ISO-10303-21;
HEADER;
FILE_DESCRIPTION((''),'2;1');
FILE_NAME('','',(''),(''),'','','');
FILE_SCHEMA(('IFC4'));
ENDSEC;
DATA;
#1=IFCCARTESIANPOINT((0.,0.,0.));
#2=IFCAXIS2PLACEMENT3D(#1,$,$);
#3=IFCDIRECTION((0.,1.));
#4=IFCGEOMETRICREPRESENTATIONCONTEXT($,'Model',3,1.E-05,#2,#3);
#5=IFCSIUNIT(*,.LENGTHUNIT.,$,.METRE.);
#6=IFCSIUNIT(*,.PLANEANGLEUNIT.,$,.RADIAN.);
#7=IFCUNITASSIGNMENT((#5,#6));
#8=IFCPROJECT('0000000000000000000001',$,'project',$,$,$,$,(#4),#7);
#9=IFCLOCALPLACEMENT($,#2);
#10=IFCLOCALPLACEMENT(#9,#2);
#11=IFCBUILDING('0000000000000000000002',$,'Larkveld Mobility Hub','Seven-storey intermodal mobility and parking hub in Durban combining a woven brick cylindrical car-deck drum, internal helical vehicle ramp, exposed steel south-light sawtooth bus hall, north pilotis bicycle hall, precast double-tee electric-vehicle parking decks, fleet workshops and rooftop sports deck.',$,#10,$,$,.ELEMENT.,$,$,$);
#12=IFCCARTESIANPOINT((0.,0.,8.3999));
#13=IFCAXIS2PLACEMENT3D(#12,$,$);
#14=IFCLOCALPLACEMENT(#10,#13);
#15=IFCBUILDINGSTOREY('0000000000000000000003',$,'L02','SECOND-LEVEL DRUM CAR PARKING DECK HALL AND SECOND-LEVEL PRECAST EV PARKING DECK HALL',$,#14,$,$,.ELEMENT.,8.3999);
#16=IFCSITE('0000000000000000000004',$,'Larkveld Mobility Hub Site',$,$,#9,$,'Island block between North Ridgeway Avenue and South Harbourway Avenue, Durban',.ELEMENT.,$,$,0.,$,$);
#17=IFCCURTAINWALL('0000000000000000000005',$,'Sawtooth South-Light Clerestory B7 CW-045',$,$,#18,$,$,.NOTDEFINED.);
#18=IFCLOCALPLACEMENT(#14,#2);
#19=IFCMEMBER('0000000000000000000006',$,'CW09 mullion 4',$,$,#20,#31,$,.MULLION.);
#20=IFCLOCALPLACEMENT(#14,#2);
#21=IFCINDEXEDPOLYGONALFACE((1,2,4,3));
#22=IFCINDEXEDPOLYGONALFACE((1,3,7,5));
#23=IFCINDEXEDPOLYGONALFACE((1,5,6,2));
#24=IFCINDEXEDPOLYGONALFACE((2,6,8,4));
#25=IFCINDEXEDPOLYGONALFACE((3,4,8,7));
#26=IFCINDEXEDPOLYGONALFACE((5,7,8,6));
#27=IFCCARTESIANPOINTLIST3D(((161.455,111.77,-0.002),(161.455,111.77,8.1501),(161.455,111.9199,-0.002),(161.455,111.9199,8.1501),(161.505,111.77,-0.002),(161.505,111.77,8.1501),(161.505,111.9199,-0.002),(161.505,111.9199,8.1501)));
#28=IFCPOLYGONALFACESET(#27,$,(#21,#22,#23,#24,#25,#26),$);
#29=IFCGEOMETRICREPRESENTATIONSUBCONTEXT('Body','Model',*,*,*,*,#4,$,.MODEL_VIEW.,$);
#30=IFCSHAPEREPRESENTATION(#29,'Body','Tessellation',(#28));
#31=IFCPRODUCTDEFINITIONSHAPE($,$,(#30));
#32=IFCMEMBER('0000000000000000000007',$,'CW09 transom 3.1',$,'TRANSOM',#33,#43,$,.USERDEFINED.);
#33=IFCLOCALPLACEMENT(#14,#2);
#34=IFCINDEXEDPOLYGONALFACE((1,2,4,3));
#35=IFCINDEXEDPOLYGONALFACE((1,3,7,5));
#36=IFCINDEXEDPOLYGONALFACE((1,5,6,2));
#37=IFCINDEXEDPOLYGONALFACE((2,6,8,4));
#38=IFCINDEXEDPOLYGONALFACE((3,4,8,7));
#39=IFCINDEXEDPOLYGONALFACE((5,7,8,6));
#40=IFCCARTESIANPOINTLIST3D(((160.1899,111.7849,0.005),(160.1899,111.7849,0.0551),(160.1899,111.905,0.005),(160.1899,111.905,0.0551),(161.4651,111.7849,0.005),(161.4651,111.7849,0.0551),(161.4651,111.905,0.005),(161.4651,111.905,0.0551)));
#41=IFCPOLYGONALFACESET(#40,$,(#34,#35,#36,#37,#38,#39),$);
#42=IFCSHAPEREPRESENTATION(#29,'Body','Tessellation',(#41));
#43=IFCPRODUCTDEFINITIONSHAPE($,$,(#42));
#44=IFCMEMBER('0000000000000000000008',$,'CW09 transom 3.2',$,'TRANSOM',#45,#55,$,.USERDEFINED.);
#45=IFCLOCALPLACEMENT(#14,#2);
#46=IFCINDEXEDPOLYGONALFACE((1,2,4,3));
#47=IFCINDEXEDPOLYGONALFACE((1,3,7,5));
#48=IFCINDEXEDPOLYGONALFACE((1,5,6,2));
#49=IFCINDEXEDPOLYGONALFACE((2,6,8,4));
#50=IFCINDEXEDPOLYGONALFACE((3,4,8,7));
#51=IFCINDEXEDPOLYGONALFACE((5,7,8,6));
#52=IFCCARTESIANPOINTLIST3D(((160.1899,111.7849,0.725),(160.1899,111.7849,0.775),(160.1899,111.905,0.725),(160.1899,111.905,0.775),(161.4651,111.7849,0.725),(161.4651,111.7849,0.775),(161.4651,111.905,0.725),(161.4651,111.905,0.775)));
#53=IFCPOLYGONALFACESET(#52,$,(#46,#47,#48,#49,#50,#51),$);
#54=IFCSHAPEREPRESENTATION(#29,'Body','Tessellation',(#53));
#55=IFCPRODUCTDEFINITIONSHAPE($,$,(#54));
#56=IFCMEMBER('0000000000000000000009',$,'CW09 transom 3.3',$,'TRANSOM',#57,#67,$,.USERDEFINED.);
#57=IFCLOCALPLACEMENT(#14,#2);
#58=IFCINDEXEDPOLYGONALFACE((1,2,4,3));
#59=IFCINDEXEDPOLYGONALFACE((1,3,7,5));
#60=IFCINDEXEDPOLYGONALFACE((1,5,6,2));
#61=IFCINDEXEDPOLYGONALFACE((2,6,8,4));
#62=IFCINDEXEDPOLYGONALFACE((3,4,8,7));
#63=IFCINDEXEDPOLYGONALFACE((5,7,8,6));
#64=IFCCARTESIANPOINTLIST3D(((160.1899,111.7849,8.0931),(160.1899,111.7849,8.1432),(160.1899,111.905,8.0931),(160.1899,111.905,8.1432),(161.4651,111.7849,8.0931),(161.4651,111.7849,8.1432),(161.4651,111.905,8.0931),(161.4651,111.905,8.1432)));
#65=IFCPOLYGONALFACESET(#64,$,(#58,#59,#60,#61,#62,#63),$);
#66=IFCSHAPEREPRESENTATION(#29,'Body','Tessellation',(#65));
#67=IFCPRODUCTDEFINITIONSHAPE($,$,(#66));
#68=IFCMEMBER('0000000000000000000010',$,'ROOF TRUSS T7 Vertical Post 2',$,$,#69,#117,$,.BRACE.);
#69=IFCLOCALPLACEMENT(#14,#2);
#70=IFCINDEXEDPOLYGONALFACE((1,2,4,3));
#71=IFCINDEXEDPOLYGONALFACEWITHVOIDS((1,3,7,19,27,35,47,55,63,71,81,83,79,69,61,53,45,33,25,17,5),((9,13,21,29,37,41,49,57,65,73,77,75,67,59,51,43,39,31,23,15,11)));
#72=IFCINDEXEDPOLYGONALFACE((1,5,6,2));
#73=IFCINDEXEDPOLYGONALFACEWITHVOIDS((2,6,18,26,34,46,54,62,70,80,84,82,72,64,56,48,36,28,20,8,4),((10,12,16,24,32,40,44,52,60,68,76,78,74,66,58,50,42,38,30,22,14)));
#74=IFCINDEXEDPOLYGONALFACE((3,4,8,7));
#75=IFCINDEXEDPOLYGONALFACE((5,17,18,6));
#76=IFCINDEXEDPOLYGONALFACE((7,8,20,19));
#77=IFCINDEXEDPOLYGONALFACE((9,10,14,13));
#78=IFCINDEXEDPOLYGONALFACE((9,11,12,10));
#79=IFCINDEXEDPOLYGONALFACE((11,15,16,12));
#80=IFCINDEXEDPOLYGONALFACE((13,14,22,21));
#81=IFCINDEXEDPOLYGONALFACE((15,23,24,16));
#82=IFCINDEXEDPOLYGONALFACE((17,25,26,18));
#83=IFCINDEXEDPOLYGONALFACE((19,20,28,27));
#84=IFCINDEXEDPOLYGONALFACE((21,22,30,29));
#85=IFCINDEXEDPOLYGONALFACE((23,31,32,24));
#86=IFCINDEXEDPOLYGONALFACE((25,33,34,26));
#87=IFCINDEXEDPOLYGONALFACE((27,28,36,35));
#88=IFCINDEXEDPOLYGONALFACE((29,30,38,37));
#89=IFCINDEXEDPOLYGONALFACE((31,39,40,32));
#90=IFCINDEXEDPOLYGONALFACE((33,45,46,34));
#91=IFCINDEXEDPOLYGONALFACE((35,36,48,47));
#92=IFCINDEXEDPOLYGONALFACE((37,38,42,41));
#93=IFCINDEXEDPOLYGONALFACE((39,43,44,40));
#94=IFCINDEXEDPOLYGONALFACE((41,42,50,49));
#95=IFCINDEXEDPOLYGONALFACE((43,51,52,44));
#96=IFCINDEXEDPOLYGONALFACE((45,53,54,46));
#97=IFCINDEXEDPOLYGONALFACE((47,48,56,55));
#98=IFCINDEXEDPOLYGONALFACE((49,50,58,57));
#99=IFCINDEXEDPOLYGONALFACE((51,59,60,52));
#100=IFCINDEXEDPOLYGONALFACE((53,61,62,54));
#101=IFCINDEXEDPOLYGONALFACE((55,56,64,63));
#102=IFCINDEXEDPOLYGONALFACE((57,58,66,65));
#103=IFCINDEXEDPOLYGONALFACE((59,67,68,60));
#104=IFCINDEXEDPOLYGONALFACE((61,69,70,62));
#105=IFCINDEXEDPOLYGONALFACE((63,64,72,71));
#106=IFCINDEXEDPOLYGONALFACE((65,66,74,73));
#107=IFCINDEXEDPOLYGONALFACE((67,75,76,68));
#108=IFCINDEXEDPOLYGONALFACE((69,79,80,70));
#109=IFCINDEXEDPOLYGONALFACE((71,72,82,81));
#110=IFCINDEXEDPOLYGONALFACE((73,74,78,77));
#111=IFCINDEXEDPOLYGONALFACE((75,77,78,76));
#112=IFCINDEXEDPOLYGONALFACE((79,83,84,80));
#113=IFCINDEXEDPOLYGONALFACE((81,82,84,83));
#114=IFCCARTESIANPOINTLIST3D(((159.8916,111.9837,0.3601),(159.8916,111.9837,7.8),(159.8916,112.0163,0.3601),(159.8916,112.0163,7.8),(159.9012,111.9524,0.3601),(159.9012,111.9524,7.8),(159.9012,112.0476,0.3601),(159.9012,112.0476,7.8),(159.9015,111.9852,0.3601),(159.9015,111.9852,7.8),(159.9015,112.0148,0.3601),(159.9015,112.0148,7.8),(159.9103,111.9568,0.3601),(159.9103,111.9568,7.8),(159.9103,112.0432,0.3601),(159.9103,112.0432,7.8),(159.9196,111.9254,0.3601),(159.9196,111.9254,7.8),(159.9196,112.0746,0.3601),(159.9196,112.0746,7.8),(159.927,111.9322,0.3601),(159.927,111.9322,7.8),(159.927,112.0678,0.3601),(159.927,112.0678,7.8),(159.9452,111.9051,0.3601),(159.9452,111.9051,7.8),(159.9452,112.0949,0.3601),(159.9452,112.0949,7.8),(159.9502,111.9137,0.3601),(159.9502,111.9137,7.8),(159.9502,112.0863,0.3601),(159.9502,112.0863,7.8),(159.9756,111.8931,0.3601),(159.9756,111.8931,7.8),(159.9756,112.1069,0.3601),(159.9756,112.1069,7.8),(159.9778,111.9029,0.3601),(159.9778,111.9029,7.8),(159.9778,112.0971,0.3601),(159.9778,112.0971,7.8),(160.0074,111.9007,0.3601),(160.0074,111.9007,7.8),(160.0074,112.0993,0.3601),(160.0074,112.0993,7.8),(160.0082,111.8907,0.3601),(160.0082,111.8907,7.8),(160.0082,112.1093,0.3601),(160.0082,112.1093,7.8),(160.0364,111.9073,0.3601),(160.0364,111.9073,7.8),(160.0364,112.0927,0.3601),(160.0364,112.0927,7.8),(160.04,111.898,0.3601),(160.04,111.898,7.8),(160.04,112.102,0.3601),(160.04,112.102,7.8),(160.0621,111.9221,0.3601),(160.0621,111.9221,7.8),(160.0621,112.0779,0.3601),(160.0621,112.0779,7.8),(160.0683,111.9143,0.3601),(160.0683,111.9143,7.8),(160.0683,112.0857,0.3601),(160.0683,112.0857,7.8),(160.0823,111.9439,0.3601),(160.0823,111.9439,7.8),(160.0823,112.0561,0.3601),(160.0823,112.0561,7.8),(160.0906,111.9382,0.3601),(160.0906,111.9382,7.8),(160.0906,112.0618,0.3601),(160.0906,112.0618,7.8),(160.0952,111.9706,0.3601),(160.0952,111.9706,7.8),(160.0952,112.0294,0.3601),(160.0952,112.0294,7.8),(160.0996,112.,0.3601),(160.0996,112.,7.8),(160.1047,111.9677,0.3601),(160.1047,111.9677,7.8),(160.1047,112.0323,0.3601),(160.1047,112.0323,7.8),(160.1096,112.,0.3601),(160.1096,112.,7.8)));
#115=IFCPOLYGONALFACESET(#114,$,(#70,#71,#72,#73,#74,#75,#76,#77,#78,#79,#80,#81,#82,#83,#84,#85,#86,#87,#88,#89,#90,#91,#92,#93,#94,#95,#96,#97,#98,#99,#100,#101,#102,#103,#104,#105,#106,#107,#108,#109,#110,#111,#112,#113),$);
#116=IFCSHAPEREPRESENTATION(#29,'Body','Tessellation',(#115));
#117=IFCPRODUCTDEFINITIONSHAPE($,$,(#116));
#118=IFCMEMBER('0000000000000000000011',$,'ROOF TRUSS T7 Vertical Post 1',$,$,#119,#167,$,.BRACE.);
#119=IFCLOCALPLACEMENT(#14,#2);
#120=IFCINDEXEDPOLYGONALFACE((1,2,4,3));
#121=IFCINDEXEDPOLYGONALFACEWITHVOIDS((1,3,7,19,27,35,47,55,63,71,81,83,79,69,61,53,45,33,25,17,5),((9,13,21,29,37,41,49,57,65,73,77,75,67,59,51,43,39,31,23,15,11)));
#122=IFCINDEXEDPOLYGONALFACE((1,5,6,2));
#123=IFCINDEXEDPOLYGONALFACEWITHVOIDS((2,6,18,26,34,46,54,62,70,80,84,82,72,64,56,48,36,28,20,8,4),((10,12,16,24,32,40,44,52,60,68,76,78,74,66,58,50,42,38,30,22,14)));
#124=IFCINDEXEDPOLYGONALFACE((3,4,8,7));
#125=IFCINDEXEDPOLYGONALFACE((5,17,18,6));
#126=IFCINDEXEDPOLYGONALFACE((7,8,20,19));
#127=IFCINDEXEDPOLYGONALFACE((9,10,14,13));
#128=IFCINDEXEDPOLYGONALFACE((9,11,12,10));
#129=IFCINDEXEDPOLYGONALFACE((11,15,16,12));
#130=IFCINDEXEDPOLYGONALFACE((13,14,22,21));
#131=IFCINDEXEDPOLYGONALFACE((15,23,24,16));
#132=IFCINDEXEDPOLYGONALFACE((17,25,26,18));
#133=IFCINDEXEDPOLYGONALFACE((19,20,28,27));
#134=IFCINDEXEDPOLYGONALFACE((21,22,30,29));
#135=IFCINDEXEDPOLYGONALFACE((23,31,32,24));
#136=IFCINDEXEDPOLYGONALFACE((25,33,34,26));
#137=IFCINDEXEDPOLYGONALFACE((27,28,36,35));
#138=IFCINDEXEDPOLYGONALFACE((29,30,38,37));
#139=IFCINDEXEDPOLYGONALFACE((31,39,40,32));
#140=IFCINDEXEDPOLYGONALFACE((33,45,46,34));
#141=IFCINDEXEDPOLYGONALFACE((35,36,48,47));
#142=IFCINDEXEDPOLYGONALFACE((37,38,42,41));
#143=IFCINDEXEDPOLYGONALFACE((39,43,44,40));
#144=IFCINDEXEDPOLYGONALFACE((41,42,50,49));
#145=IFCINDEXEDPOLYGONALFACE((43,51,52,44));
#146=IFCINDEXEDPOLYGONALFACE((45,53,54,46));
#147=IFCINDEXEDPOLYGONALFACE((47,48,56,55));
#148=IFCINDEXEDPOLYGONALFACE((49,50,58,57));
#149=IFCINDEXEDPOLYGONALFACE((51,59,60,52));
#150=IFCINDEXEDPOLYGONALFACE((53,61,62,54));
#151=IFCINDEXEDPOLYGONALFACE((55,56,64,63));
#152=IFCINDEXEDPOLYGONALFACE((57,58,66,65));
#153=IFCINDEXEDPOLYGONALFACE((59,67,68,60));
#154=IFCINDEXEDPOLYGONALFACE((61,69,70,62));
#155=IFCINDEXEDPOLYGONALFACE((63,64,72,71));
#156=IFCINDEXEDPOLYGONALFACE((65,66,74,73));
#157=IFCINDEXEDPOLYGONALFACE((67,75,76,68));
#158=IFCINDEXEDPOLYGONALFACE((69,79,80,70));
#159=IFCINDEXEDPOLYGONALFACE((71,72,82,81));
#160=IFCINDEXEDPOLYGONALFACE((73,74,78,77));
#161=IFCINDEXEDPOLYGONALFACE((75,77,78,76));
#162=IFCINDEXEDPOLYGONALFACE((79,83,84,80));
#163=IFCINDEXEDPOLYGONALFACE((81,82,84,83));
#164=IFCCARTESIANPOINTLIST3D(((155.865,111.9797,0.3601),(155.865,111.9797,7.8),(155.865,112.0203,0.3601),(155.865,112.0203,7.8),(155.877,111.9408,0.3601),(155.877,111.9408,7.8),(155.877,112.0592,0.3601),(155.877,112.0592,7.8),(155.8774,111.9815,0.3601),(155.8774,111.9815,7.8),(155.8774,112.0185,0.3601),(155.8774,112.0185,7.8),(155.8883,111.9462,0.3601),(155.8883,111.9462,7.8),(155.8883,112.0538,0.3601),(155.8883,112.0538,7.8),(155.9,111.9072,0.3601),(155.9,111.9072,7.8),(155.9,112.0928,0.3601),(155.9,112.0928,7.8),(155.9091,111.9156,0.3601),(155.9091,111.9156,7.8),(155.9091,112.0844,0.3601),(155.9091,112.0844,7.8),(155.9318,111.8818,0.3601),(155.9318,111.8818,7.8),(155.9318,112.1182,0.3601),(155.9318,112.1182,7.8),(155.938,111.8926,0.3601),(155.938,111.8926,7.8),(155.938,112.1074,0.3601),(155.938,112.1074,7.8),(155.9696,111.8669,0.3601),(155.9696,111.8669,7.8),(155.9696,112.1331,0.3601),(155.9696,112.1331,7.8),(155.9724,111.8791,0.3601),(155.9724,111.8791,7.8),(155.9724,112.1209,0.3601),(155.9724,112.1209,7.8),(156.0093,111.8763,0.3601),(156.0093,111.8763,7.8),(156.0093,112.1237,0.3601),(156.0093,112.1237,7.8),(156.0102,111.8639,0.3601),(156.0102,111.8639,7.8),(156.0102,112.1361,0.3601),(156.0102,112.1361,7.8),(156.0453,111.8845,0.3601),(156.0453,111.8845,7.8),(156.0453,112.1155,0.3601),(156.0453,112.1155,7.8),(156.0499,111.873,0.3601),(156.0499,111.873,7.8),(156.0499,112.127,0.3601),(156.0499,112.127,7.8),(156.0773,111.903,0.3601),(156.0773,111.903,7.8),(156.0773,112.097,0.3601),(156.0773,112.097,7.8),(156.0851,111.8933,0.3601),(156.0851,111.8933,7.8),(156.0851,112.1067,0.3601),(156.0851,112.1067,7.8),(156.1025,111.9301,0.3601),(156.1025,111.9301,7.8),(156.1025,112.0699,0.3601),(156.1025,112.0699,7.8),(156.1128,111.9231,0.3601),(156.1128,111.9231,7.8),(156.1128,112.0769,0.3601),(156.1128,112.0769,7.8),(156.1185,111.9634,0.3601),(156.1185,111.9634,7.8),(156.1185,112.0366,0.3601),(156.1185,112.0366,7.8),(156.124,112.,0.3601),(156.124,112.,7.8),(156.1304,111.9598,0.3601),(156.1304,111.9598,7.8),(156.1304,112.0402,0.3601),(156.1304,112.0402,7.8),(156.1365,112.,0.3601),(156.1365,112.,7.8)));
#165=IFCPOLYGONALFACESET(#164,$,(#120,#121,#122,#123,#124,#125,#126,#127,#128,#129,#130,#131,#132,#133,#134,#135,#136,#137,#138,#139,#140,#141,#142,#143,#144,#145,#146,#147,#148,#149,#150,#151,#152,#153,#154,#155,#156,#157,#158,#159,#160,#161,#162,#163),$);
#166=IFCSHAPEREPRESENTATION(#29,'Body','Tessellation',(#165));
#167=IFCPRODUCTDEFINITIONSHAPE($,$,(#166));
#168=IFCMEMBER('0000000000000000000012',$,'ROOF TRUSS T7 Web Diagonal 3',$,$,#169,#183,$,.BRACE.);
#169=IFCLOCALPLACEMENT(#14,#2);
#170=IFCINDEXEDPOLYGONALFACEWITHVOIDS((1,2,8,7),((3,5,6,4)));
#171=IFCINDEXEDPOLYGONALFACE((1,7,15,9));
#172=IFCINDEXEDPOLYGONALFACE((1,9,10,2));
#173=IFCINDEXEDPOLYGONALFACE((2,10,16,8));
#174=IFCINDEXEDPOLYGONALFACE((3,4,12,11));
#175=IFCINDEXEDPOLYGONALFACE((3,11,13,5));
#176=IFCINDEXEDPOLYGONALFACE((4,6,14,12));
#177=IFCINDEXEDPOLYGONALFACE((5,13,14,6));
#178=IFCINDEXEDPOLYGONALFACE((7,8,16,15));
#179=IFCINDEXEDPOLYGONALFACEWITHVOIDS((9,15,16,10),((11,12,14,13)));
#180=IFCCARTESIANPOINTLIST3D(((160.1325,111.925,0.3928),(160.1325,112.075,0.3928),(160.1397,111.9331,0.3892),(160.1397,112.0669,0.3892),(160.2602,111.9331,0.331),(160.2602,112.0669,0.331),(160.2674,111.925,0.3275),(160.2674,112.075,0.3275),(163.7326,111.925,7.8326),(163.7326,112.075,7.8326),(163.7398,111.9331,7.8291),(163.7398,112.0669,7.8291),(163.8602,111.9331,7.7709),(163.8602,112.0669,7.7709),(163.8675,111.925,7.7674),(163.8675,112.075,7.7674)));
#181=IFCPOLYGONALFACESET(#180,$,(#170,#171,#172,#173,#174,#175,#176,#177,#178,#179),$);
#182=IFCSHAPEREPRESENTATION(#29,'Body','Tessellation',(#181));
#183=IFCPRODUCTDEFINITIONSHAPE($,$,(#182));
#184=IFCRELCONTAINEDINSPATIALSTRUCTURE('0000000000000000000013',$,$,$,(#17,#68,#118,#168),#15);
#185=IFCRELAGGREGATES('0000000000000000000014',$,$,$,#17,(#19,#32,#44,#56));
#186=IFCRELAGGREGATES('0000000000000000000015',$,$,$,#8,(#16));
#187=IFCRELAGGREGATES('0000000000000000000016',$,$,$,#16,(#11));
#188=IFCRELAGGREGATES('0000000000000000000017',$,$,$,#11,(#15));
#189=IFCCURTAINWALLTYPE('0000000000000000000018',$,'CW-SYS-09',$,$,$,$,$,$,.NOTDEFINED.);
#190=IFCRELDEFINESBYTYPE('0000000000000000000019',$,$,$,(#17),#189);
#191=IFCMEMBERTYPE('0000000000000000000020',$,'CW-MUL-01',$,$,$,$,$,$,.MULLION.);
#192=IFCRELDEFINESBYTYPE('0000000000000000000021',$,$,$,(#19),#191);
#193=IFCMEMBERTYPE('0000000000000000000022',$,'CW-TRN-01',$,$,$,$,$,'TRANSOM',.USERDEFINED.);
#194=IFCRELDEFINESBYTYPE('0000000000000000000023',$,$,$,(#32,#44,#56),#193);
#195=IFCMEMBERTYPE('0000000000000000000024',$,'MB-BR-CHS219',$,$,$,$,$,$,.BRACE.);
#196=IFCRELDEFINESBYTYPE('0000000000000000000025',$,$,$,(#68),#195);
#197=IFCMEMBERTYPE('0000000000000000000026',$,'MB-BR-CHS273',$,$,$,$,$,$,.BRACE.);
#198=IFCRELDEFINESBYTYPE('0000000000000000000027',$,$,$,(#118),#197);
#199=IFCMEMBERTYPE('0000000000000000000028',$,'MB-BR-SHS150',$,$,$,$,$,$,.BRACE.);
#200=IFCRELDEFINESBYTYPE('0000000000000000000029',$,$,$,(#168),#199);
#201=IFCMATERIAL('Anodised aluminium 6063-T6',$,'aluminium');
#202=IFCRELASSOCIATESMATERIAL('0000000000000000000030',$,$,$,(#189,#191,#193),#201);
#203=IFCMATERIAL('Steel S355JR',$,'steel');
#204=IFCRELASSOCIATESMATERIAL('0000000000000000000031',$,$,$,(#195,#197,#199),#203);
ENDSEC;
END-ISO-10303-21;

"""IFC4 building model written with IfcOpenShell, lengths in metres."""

from ifc_helpers import new_model, si_unit, direction, frame, origin, origin_2d, place, context, subcontext, project, spatial, rectangle, hollow_rectangle, hollow_circle, extrude, material, material_profile, profile_set, type_object, element, aggregate, save


model = new_model("IFC4")

# Units and contexts
model_context = context("Model", 3, precision=1e-05, world=origin(), true_north=direction((0.0, 1.0)))
body_context = subcontext(model_context, "Body", "Model", "MODEL_VIEW")
ifc_project = project(units=[si_unit("LENGTHUNIT", "METRE"), si_unit("PLANEANGLEUNIT", "RADIAN")], contexts=[model_context])

# Site, building, storey
site_placement = place(None, origin())
site = spatial("IfcSite", under=ifc_project, at=site_placement, Name="Larkveld Mobility Hub Site", LongName="Island block between North Ridgeway Avenue and South Harbourway Avenue, Durban", CompositionType="ELEMENT", RefElevation=0.0)
building_placement = place(site_placement, origin())
building = spatial("IfcBuilding", under=site, at=building_placement, Name="Larkveld Mobility Hub", Description="Seven-storey intermodal mobility and parking hub in Durban combining a woven brick cylindrical car-deck drum, internal helical vehicle ramp, exposed steel south-light sawtooth bus hall, north pilotis bicycle hall, precast double-tee electric-vehicle parking decks, fleet workshops and rooftop sports deck.", CompositionType="ELEMENT")
storey_placement = place(building_placement, frame((0.0, 0.0, 8.3999)))
storey = spatial("IfcBuildingStorey", under=building, at=storey_placement, Name="L02", Description="SECOND-LEVEL DRUM CAR PARKING DECK HALL AND SECOND-LEVEL PRECAST EV PARKING DECK HALL", CompositionType="ELEMENT", Elevation=8.3999)

# Curtain wall, members
ifc_material_1 = material(Name="Anodised aluminium 6063-T6", Category="aluminium")
curtain_wall_type = type_object("IfcCurtainWallType", Name="CW-SYS-09", PredefinedType="NOTDEFINED", material=ifc_material_1)
curtain_wall_placement = place(storey_placement, origin())
curtain_wall = element("IfcCurtainWall", 1, at=curtain_wall_placement, inside=storey, type_object=curtain_wall_type, Name="Sawtooth South-Light Clerestory B7 CW-045", PredefinedType="NOTDEFINED")
ifc_material_profile_1 = material_profile(ifc_material_1, rectangle(XDim=0.05, YDim=0.1499, at=origin_2d()), Name="ALU MULL 50x150")
ifc_profile_set_1 = profile_set([ifc_material_profile_1], Name="Anodised aluminium 6063-T6")
member_type_1 = type_object("IfcMemberType", Name="CW-MUL-01", PredefinedType="MULLION", material=ifc_profile_set_1)
member_1_placement = place(storey_placement, frame((161.48, 111.845, -0.002), z_axis=(0.0, 0.0, 1.0), x_axis=(1.0, 0.0, 0.0)))
member_1 = element("IfcMember", 2, at=member_1_placement, type_object=member_type_1, Name="CW09 mullion 4", PredefinedType="MULLION", context=body_context, shape_type="SweptSolid", body=[
    extrude(rectangle(XDim=0.05, YDim=0.1499, at=origin_2d()), origin(), (0.0, 0.0, 1.0), 8.1521),
])
ifc_material_profile_2 = material_profile(ifc_material_1, rectangle(XDim=0.1201, YDim=0.05, at=origin_2d()), Name="ALU TRAN 50x120")
ifc_profile_set_2 = profile_set([ifc_material_profile_2], Name="Anodised aluminium 6063-T6")
member_type_2 = type_object("IfcMemberType", Name="CW-TRN-01", ElementType="TRANSOM", PredefinedType="USERDEFINED", material=ifc_profile_set_2)
member_2_placement = place(storey_placement, frame((160.1899, 111.845, 0.03), z_axis=(1.0, 0.0, 0.0), x_axis=(0.0, 1.0, 0.0)))
member_2 = element("IfcMember", 3, at=member_2_placement, type_object=member_type_2, Name="CW09 transom 3.1", ObjectType="TRANSOM", PredefinedType="USERDEFINED", context=body_context, shape_type="SweptSolid", body=[
    extrude(rectangle(XDim=0.1201, YDim=0.05, at=origin_2d()), origin(), (0.0, 0.0, 1.0), 1.2751),
])
member_3_placement = place(storey_placement, frame((160.1899, 111.845, 0.75), z_axis=(1.0, 0.0, 0.0), x_axis=(0.0, 1.0, 0.0)))
member_3 = element("IfcMember", 4, at=member_3_placement, type_object=member_type_2, Name="CW09 transom 3.2", ObjectType="TRANSOM", PredefinedType="USERDEFINED", context=body_context, shape_type="SweptSolid", body=[
    extrude(rectangle(XDim=0.1201, YDim=0.05, at=origin_2d()), origin(), (0.0, 0.0, 1.0), 1.2751),
])
member_4_placement = place(storey_placement, frame((160.1899, 111.845, 8.1182), z_axis=(1.0, 0.0, 0.0), x_axis=(0.0, 1.0, 0.0)))
member_4 = element("IfcMember", 5, at=member_4_placement, type_object=member_type_2, Name="CW09 transom 3.3", ObjectType="TRANSOM", PredefinedType="USERDEFINED", context=body_context, shape_type="SweptSolid", body=[
    extrude(rectangle(XDim=0.1201, YDim=0.05, at=origin_2d()), origin(), (0.0, 0.0, 1.0), 1.2751),
])

# Members
ifc_material_2 = material(Name="Steel S355JR", Category="steel")
ifc_material_profile_3 = material_profile(ifc_material_2, hollow_circle(Radius=0.1096, WallThickness=0.01, at=origin_2d()), Name="CHS 219.1x10")
ifc_profile_set_3 = profile_set([ifc_material_profile_3], Name="Steel S355JR")
member_type_3 = type_object("IfcMemberType", Name="MB-BR-CHS219", PredefinedType="BRACE", material=ifc_profile_set_3)
member_5_placement = place(storey_placement, frame((160.0, 112.0, 0.3601), z_axis=(0.0, 0.0, 1.0), x_axis=(1.0, 0.0, 0.0)))
element("IfcMember", 6, at=member_5_placement, inside=storey, type_object=member_type_3, Name="ROOF TRUSS T7 Vertical Post 2", PredefinedType="BRACE", context=body_context, shape_type="SweptSolid", body=[
    extrude(hollow_circle(Radius=0.1096, WallThickness=0.01, at=origin_2d()), origin(), (0.0, 0.0, 1.0), 7.4399),
])
ifc_material_profile_4 = material_profile(ifc_material_2, hollow_circle(Radius=0.1365, WallThickness=0.0125, at=origin_2d()), Name="CHS 273x12.5")
ifc_profile_set_4 = profile_set([ifc_material_profile_4], Name="Steel S355JR")
member_type_4 = type_object("IfcMemberType", Name="MB-BR-CHS273", PredefinedType="BRACE", material=ifc_profile_set_4)
member_6_placement = place(storey_placement, frame((156.0, 112.0, 0.3601), z_axis=(0.0, 0.0, 1.0), x_axis=(1.0, 0.0, 0.0)))
element("IfcMember", 7, at=member_6_placement, inside=storey, type_object=member_type_4, Name="ROOF TRUSS T7 Vertical Post 1", PredefinedType="BRACE", context=body_context, shape_type="SweptSolid", body=[
    extrude(hollow_circle(Radius=0.1365, WallThickness=0.0125, at=origin_2d()), origin(), (0.0, 0.0, 1.0), 7.4399),
])
ifc_material_profile_5 = material_profile(ifc_material_2, hollow_rectangle(XDim=0.1499, YDim=0.1499, WallThickness=0.0081, at=origin_2d()), Name="SHS 150x150x8")
ifc_profile_set_5 = profile_set([ifc_material_profile_5], Name="Steel S355JR")
member_type_5 = type_object("IfcMemberType", Name="MB-BR-SHS150", PredefinedType="BRACE", material=ifc_profile_set_5)
member_7_placement = place(storey_placement, frame((160.2, 112.0, 0.3601), z_axis=(0.435573, 0.0, 0.900153), x_axis=(0.0, 1.0, 0.0)))
element("IfcMember", 8, at=member_7_placement, inside=storey, type_object=member_type_5, Name="ROOF TRUSS T7 Web Diagonal 3", PredefinedType="BRACE", context=body_context, shape_type="SweptSolid", body=[
    extrude(hollow_rectangle(XDim=0.1499, YDim=0.1499, WallThickness=0.0081, at=origin_2d()), origin(), (0.0, 0.0, 1.0), 8.2651),
])

aggregate(curtain_wall, [member_1, member_2, member_3, member_4])

save(model, "model.ifc")
